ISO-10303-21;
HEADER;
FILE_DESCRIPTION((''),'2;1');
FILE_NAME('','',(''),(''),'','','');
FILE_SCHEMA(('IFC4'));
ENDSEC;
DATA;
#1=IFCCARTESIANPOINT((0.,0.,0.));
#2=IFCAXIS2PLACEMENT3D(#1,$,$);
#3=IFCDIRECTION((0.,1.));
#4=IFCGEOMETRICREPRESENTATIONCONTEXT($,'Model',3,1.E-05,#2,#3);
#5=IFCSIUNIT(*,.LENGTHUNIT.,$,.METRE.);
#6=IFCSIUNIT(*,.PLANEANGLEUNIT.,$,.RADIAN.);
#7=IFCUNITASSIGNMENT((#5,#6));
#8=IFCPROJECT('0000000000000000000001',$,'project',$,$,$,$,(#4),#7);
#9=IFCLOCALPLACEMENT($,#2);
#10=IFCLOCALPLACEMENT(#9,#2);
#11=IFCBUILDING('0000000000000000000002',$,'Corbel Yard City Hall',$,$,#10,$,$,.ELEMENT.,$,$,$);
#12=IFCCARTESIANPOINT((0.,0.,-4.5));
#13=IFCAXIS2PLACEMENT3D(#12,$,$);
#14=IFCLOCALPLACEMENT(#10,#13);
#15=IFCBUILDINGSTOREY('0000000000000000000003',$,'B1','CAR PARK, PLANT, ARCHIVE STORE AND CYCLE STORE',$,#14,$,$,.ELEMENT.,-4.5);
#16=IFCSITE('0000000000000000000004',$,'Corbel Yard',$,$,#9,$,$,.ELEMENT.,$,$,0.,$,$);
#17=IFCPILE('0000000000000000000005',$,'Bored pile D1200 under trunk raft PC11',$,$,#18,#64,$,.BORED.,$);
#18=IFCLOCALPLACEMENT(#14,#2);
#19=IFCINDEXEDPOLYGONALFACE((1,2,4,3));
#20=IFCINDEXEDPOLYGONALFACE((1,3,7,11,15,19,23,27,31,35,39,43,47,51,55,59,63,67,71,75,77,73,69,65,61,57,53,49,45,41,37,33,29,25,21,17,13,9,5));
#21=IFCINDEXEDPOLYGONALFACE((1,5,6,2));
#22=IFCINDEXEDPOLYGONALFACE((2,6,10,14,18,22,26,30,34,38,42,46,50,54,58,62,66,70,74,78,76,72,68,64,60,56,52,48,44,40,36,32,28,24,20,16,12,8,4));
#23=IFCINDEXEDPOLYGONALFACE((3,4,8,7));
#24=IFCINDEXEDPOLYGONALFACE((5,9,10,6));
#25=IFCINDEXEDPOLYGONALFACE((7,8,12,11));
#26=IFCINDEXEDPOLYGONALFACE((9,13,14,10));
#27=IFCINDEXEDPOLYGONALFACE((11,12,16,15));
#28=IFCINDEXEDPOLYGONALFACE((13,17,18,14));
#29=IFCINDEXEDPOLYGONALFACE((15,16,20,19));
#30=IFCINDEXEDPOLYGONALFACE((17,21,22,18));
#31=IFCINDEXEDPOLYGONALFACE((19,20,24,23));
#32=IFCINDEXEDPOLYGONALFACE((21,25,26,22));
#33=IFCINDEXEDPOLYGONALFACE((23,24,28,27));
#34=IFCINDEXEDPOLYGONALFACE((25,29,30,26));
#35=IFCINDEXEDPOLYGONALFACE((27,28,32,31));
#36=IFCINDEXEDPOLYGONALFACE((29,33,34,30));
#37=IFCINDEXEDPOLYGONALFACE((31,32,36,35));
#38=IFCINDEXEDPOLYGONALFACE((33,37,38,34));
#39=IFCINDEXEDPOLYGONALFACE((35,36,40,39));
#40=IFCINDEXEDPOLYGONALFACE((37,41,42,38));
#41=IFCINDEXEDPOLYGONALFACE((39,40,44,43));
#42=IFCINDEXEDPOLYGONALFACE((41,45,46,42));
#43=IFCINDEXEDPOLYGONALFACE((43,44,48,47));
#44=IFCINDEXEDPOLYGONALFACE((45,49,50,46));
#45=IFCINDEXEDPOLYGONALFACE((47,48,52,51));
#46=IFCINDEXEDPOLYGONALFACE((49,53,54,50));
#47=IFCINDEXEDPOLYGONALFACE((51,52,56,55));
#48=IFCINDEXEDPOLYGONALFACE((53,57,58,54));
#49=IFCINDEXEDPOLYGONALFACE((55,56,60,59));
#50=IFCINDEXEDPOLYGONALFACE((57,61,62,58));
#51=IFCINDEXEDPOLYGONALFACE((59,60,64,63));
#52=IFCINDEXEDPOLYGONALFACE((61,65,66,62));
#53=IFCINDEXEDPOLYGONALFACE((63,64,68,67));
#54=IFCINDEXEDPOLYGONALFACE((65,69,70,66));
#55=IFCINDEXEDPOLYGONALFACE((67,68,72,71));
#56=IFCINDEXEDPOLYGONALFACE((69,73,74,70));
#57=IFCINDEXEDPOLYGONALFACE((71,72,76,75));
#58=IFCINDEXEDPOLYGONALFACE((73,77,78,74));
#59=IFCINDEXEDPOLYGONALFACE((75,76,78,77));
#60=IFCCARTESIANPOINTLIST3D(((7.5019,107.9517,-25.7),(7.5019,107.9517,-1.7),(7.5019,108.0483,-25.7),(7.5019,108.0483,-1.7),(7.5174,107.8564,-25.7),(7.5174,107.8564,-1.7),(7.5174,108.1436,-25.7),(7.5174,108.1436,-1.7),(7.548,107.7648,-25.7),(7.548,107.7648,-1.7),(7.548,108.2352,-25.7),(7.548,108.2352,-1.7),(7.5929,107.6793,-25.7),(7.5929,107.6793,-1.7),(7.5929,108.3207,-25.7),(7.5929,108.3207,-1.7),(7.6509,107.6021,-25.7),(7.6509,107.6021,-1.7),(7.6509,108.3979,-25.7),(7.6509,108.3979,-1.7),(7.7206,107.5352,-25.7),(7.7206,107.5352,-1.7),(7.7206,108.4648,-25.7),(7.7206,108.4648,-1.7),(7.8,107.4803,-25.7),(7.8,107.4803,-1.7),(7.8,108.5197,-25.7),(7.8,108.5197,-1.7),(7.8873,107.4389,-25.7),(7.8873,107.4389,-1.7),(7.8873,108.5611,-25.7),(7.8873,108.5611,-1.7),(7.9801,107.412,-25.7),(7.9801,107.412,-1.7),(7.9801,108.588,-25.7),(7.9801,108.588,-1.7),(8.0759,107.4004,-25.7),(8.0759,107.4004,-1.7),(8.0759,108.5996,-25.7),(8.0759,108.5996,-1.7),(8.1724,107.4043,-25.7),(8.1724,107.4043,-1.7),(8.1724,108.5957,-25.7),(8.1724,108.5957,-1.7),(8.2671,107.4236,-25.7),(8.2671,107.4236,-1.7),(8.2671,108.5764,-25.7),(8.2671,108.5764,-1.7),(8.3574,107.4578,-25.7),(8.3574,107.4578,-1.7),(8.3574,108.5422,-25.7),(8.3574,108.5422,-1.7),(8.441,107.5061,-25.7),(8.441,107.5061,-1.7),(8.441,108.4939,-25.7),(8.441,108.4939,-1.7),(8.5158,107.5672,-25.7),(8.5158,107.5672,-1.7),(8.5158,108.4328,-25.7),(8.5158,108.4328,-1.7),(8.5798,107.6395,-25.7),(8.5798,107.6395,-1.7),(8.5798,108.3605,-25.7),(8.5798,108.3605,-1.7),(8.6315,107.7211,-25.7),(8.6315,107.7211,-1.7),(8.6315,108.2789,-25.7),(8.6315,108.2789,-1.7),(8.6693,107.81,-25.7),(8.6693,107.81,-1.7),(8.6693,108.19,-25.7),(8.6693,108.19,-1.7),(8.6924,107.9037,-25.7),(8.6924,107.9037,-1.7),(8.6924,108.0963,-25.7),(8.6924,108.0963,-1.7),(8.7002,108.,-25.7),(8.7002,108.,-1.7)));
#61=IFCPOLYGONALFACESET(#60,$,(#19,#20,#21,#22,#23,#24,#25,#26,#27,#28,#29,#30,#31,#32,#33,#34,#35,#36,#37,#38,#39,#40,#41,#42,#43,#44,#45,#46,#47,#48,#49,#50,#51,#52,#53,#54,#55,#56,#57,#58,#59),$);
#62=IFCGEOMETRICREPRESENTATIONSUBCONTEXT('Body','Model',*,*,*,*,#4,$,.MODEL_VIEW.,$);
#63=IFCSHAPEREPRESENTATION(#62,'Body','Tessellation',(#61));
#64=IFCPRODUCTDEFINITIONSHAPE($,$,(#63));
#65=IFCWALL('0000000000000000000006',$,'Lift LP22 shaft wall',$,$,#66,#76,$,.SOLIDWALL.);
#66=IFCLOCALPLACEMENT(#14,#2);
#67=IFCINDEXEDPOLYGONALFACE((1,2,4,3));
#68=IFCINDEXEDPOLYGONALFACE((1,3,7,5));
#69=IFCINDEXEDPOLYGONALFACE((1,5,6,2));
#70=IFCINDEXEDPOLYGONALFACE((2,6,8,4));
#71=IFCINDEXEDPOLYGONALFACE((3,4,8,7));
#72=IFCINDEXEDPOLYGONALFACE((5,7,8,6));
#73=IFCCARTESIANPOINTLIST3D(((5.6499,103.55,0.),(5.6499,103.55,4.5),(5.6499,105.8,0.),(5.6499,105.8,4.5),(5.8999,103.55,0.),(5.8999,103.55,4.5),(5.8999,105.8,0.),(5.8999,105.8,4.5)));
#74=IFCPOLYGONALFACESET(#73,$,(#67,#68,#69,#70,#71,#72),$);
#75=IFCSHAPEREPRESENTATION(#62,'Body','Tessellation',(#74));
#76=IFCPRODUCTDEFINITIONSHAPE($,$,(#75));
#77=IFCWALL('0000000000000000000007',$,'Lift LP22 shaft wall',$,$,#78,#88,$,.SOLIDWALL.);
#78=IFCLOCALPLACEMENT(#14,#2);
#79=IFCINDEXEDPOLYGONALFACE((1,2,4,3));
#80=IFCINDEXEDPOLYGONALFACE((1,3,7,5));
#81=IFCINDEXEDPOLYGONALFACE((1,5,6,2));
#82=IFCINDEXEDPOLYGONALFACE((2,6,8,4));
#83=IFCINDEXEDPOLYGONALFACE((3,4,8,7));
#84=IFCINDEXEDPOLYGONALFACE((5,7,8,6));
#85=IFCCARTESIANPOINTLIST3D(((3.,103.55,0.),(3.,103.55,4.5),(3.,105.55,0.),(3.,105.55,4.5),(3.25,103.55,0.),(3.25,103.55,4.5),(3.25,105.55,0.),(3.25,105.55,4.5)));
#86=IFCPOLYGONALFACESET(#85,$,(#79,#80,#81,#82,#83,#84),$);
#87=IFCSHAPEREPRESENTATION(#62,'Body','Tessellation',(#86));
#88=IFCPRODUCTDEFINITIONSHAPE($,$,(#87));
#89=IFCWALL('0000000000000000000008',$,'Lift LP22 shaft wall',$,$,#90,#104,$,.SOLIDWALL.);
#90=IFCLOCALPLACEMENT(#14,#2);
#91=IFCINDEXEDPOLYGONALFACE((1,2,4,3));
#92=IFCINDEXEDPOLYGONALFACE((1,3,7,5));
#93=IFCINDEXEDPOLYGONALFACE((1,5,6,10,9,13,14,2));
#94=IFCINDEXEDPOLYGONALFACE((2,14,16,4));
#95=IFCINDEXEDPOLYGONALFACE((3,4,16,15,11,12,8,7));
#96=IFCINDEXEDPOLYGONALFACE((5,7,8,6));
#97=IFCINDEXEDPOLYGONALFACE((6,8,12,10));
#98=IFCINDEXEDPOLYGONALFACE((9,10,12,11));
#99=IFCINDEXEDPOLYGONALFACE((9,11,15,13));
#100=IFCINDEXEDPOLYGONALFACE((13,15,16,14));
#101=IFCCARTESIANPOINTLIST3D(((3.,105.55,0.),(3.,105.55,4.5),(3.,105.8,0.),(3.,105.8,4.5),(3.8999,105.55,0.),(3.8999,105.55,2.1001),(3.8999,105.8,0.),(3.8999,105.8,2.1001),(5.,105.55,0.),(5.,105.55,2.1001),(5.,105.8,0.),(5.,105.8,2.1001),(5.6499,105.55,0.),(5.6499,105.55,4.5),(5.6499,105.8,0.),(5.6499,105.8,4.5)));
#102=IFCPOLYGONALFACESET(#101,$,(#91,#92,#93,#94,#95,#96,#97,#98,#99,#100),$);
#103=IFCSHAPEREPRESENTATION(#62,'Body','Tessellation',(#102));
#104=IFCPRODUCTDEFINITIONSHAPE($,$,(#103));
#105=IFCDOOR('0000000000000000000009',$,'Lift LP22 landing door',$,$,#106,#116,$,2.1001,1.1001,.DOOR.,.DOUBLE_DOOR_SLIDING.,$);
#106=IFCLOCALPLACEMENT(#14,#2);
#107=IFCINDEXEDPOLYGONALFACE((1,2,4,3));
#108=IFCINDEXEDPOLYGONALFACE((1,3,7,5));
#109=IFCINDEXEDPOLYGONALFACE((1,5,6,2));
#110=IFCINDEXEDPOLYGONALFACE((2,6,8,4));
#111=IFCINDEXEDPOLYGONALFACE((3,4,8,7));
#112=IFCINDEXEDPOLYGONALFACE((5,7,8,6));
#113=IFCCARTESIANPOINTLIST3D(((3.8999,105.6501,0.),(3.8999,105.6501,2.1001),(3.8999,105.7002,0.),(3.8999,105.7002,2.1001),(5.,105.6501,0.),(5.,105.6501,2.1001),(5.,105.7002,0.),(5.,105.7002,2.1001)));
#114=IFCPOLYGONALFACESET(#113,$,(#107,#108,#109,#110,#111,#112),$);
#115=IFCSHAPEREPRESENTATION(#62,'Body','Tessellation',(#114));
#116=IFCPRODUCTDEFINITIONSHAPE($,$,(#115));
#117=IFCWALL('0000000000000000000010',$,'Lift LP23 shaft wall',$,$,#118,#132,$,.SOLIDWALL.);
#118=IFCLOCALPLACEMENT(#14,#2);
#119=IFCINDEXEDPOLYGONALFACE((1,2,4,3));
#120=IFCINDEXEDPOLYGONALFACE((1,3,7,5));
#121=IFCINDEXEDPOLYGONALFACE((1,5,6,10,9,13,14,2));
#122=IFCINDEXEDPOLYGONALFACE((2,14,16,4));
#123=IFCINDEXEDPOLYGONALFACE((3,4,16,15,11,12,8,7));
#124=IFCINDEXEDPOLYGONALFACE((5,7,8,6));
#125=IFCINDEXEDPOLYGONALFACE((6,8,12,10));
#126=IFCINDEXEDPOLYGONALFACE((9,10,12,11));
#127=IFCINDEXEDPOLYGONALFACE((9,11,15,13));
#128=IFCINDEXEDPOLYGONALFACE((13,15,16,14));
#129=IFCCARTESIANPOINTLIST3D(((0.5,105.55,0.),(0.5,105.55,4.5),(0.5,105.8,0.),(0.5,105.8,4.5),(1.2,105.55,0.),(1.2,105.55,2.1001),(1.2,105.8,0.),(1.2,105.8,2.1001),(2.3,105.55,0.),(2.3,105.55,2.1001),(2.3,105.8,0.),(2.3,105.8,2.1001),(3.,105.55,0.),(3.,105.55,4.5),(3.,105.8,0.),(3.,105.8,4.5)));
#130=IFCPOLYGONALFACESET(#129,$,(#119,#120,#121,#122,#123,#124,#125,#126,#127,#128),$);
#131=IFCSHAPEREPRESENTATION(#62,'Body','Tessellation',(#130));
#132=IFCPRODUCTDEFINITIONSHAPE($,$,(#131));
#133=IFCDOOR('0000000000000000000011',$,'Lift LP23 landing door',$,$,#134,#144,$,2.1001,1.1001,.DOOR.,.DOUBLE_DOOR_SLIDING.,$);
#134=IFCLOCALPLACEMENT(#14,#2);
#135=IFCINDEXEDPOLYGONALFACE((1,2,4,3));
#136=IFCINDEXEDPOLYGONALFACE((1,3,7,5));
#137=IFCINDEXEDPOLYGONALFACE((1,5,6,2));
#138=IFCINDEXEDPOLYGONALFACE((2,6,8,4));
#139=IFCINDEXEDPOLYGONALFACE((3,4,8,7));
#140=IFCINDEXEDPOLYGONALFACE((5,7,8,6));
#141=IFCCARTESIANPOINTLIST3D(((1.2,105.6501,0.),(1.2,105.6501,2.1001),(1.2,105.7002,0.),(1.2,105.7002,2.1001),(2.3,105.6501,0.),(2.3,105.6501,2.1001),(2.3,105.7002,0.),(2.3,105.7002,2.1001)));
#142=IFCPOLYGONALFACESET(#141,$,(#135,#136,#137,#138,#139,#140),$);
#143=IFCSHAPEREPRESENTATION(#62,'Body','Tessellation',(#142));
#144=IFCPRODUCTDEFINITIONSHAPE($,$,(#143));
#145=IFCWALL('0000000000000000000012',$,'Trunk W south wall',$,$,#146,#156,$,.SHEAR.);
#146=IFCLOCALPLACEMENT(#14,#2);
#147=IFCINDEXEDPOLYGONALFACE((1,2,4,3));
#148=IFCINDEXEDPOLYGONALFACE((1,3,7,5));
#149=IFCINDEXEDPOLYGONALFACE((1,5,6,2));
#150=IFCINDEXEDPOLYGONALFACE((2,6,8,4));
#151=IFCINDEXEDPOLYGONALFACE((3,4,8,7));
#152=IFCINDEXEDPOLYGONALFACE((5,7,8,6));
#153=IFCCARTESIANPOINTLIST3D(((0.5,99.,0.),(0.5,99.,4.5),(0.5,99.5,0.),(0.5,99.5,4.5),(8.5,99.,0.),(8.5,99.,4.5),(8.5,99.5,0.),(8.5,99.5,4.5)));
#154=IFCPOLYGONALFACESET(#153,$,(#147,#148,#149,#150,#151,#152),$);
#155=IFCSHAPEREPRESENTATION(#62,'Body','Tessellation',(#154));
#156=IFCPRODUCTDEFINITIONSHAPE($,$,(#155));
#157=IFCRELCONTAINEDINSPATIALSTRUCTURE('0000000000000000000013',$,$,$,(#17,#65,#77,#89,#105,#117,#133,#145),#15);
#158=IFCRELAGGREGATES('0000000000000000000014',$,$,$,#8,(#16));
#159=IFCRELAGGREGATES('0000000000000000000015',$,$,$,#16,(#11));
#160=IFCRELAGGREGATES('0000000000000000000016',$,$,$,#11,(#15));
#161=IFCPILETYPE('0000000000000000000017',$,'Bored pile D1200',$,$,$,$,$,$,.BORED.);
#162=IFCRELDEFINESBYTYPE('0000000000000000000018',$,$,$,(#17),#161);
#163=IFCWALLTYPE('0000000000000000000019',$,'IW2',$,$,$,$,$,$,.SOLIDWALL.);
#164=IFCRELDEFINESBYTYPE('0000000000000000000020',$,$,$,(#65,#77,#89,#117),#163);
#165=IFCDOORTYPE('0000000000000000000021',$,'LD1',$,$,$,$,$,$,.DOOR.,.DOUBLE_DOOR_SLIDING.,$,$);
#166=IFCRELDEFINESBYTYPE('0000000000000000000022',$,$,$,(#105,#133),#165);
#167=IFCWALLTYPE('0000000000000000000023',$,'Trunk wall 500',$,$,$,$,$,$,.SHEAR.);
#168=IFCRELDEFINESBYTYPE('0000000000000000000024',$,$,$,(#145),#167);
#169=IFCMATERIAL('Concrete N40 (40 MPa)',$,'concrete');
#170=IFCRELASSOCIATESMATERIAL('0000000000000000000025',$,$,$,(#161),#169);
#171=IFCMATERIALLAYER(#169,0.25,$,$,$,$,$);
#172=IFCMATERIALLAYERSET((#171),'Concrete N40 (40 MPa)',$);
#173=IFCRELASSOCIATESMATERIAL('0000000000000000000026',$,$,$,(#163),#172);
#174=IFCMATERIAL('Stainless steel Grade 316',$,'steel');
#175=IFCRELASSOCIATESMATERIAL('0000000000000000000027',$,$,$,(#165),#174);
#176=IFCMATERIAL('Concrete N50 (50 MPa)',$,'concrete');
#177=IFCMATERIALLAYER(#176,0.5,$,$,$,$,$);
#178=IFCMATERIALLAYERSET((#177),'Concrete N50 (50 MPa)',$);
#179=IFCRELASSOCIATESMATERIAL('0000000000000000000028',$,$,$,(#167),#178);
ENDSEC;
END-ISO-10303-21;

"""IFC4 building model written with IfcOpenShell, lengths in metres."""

from ifc_helpers import new_model, si_unit, direction, frame, frame_2d, origin, origin_2d, place, context, subcontext, project, spatial, rectangle, circle, extrude, material, layer, layer_set, material_profile, profile_set, type_object, element, fill, save


model = new_model("IFC4")

# Units and contexts
model_context = context("Model", 3, precision=1e-05, world=origin(), true_north=direction((0.0, 1.0)))
body_context = subcontext(model_context, "Body", "Model", "MODEL_VIEW")
ifc_project = project(units=[si_unit("LENGTHUNIT", "METRE"), si_unit("PLANEANGLEUNIT", "RADIAN")], contexts=[model_context])

# Site, building, storey
site_placement = place(None, origin())
site = spatial("IfcSite", under=ifc_project, at=site_placement, Name="Corbel Yard", CompositionType="ELEMENT", RefElevation=0.0)
building_placement = place(site_placement, origin())
building = spatial("IfcBuilding", under=site, at=building_placement, Name="Corbel Yard City Hall", CompositionType="ELEMENT")
storey_placement = place(building_placement, frame((0.0, 0.0, -4.5)))
storey = spatial("IfcBuildingStorey", under=building, at=storey_placement, Name="B1", Description="CAR PARK, PLANT, ARCHIVE STORE AND CYCLE STORE", CompositionType="ELEMENT", Elevation=-4.5)

# Pile
ifc_material_1 = material(Name="Concrete N40 (40 MPa)", Category="concrete")
ifc_material_profile = material_profile(ifc_material_1, circle(Radius=0.6001, at=origin_2d()), Name="D1200")
ifc_profile_set = profile_set([ifc_material_profile], Name="Concrete N40 (40 MPa)")
pile_type = type_object("IfcPileType", Name="Bored pile D1200", PredefinedType="BORED", material=ifc_profile_set)
for number, where, z_axis, x_axis, name in (
    (1, (8.1001, 108.0, -1.7), (0.0, 0.0, -1.0), (1.0, 0.0, 0.0), "Bored pile D1200 under trunk raft PC11"),
):
    element("IfcPile", number, at=place(storey_placement, frame(where, z_axis=z_axis, x_axis=x_axis)), inside=storey, type_object=pile_type, Name=name, PredefinedType="BORED", context=body_context, shape_type="SweptSolid", body=[
        extrude(circle(Radius=0.6001, at=origin_2d()), origin(), (0.0, 0.0, 1.0), 24.0),
    ])

# Walls
ifc_layer_1 = layer(ifc_material_1, 0.25)
ifc_layer_set_1 = layer_set([ifc_layer_1], Name="Concrete N40 (40 MPa)")
wall_type_1 = type_object("IfcWallType", Name="IW2", PredefinedType="SOLIDWALL", material=ifc_layer_set_1)
wall_1_placement = place(storey_placement, frame((5.7749, 103.55, 0.0), z_axis=(0.0, 0.0, 1.0), x_axis=(0.0, 1.0, 0.0)))
element("IfcWall", 2, at=wall_1_placement, inside=storey, type_object=wall_type_1, Name="Lift LP22 shaft wall", PredefinedType="SOLIDWALL", context=body_context, shape_type="SweptSolid", body=[
    extrude(rectangle(XDim=2.25, YDim=0.25, at=frame_2d((1.125, 0.0))), origin(), (0.0, 0.0, 1.0), 4.5),
])
wall_2_placement = place(storey_placement, frame((3.125, 103.55, 0.0), z_axis=(0.0, 0.0, 1.0), x_axis=(0.0, 1.0, 0.0)))
element("IfcWall", 3, at=wall_2_placement, inside=storey, type_object=wall_type_1, Name="Lift LP22 shaft wall", PredefinedType="SOLIDWALL", context=body_context, shape_type="SweptSolid", body=[
    extrude(rectangle(XDim=2.0, YDim=0.25, at=frame_2d((1.0, 0.0))), origin(), (0.0, 0.0, 1.0), 4.5),
])

# Walls, openings, doors
wall_3_placement = place(storey_placement, frame((5.6499, 105.675, 0.0), z_axis=(0.0, 0.0, 1.0), x_axis=(-1.0, 0.0, 0.0)))
wall_3 = element("IfcWall", 4, at=wall_3_placement, inside=storey, type_object=wall_type_1, Name="Lift LP22 shaft wall", PredefinedType="SOLIDWALL", context=body_context, shape_type="SweptSolid", body=[
    extrude(rectangle(XDim=2.6499, YDim=0.25, at=frame_2d((1.325, 0.0))), origin(), (0.0, 0.0, 1.0), 4.5),
])
opening_1_placement = place(wall_3_placement, frame((0.6499, 0.0, 0.0)))
opening_1 = element("IfcOpeningElement", 5, at=opening_1_placement, cuts=wall_3, PredefinedType="OPENING", context=body_context, shape_type="SweptSolid", body=[
    extrude(rectangle(XDim=1.1001, YDim=2.1001, at=frame_2d((0.55, 1.05))), frame((0.0, 0.135, 0.0), z_axis=(0.0, -1.0, 0.0), x_axis=(1.0, 0.0, 0.0)), (0.0, 0.0, 1.0), 0.27),
])
ifc_material_2 = material(Name="Stainless steel Grade 316", Category="steel")
door_type = type_object("IfcDoorType", Name="LD1", OperationType="DOUBLE_DOOR_SLIDING", PredefinedType="DOOR", material=ifc_material_2)
door_1_placement = place(opening_1_placement, origin())
door_1 = element("IfcDoor", 6, at=door_1_placement, inside=storey, type_object=door_type, Name="Lift LP22 landing door", OperationType="DOUBLE_DOOR_SLIDING", OverallHeight=2.1001, OverallWidth=1.1001, PredefinedType="DOOR", context=body_context, shape_type="SweptSolid", body=[
    extrude(rectangle(XDim=1.1001, YDim=2.1001, at=frame_2d((0.55, 1.05))), frame((0.0, 0.0249, 0.0), z_axis=(0.0, -1.0, 0.0), x_axis=(1.0, 0.0, 0.0)), (0.0, 0.0, 1.0), 0.05),
])
fill(opening_1, door_1)
wall_4_placement = place(storey_placement, frame((3.0, 105.675, 0.0), z_axis=(0.0, 0.0, 1.0), x_axis=(-1.0, 0.0, 0.0)))
wall_4 = element("IfcWall", 7, at=wall_4_placement, inside=storey, type_object=wall_type_1, Name="Lift LP23 shaft wall", PredefinedType="SOLIDWALL", context=body_context, shape_type="SweptSolid", body=[
    extrude(rectangle(XDim=2.5, YDim=0.25, at=frame_2d((1.25, 0.0))), origin(), (0.0, 0.0, 1.0), 4.5),
])
opening_2_placement = place(wall_4_placement, frame((0.7, 0.0, 0.0)))
opening_2 = element("IfcOpeningElement", 8, at=opening_2_placement, cuts=wall_4, PredefinedType="OPENING", context=body_context, shape_type="SweptSolid", body=[
    extrude(rectangle(XDim=1.1001, YDim=2.1001, at=frame_2d((0.55, 1.05))), frame((0.0, 0.135, 0.0), z_axis=(0.0, -1.0, 0.0), x_axis=(1.0, 0.0, 0.0)), (0.0, 0.0, 1.0), 0.27),
])
door_2_placement = place(opening_2_placement, origin())
door_2 = element("IfcDoor", 9, at=door_2_placement, inside=storey, type_object=door_type, Name="Lift LP23 landing door", OperationType="DOUBLE_DOOR_SLIDING", OverallHeight=2.1001, OverallWidth=1.1001, PredefinedType="DOOR", context=body_context, shape_type="SweptSolid", body=[
    extrude(rectangle(XDim=1.1001, YDim=2.1001, at=frame_2d((0.55, 1.05))), frame((0.0, 0.0249, 0.0), z_axis=(0.0, -1.0, 0.0), x_axis=(1.0, 0.0, 0.0)), (0.0, 0.0, 1.0), 0.05),
])
fill(opening_2, door_2)

# Wall
ifc_material_3 = material(Name="Concrete N50 (50 MPa)", Category="concrete")
ifc_layer_2 = layer(ifc_material_3, 0.5)
ifc_layer_set_2 = layer_set([ifc_layer_2], Name="Concrete N50 (50 MPa)")
wall_type_2 = type_object("IfcWallType", Name="Trunk wall 500", PredefinedType="SHEAR", material=ifc_layer_set_2)
wall_5_placement = place(storey_placement, frame((0.5, 99.25, 0.0), z_axis=(0.0, 0.0, 1.0), x_axis=(1.0, 0.0, 0.0)))
element("IfcWall", 10, at=wall_5_placement, inside=storey, type_object=wall_type_2, Name="Trunk W south wall", PredefinedType="SHEAR", context=body_context, shape_type="SweptSolid", body=[
    extrude(rectangle(XDim=8.0, YDim=0.5, at=frame_2d((4.0, 0.0))), origin(), (0.0, 0.0, 1.0), 4.5),
])

save(model, "model.ifc")
